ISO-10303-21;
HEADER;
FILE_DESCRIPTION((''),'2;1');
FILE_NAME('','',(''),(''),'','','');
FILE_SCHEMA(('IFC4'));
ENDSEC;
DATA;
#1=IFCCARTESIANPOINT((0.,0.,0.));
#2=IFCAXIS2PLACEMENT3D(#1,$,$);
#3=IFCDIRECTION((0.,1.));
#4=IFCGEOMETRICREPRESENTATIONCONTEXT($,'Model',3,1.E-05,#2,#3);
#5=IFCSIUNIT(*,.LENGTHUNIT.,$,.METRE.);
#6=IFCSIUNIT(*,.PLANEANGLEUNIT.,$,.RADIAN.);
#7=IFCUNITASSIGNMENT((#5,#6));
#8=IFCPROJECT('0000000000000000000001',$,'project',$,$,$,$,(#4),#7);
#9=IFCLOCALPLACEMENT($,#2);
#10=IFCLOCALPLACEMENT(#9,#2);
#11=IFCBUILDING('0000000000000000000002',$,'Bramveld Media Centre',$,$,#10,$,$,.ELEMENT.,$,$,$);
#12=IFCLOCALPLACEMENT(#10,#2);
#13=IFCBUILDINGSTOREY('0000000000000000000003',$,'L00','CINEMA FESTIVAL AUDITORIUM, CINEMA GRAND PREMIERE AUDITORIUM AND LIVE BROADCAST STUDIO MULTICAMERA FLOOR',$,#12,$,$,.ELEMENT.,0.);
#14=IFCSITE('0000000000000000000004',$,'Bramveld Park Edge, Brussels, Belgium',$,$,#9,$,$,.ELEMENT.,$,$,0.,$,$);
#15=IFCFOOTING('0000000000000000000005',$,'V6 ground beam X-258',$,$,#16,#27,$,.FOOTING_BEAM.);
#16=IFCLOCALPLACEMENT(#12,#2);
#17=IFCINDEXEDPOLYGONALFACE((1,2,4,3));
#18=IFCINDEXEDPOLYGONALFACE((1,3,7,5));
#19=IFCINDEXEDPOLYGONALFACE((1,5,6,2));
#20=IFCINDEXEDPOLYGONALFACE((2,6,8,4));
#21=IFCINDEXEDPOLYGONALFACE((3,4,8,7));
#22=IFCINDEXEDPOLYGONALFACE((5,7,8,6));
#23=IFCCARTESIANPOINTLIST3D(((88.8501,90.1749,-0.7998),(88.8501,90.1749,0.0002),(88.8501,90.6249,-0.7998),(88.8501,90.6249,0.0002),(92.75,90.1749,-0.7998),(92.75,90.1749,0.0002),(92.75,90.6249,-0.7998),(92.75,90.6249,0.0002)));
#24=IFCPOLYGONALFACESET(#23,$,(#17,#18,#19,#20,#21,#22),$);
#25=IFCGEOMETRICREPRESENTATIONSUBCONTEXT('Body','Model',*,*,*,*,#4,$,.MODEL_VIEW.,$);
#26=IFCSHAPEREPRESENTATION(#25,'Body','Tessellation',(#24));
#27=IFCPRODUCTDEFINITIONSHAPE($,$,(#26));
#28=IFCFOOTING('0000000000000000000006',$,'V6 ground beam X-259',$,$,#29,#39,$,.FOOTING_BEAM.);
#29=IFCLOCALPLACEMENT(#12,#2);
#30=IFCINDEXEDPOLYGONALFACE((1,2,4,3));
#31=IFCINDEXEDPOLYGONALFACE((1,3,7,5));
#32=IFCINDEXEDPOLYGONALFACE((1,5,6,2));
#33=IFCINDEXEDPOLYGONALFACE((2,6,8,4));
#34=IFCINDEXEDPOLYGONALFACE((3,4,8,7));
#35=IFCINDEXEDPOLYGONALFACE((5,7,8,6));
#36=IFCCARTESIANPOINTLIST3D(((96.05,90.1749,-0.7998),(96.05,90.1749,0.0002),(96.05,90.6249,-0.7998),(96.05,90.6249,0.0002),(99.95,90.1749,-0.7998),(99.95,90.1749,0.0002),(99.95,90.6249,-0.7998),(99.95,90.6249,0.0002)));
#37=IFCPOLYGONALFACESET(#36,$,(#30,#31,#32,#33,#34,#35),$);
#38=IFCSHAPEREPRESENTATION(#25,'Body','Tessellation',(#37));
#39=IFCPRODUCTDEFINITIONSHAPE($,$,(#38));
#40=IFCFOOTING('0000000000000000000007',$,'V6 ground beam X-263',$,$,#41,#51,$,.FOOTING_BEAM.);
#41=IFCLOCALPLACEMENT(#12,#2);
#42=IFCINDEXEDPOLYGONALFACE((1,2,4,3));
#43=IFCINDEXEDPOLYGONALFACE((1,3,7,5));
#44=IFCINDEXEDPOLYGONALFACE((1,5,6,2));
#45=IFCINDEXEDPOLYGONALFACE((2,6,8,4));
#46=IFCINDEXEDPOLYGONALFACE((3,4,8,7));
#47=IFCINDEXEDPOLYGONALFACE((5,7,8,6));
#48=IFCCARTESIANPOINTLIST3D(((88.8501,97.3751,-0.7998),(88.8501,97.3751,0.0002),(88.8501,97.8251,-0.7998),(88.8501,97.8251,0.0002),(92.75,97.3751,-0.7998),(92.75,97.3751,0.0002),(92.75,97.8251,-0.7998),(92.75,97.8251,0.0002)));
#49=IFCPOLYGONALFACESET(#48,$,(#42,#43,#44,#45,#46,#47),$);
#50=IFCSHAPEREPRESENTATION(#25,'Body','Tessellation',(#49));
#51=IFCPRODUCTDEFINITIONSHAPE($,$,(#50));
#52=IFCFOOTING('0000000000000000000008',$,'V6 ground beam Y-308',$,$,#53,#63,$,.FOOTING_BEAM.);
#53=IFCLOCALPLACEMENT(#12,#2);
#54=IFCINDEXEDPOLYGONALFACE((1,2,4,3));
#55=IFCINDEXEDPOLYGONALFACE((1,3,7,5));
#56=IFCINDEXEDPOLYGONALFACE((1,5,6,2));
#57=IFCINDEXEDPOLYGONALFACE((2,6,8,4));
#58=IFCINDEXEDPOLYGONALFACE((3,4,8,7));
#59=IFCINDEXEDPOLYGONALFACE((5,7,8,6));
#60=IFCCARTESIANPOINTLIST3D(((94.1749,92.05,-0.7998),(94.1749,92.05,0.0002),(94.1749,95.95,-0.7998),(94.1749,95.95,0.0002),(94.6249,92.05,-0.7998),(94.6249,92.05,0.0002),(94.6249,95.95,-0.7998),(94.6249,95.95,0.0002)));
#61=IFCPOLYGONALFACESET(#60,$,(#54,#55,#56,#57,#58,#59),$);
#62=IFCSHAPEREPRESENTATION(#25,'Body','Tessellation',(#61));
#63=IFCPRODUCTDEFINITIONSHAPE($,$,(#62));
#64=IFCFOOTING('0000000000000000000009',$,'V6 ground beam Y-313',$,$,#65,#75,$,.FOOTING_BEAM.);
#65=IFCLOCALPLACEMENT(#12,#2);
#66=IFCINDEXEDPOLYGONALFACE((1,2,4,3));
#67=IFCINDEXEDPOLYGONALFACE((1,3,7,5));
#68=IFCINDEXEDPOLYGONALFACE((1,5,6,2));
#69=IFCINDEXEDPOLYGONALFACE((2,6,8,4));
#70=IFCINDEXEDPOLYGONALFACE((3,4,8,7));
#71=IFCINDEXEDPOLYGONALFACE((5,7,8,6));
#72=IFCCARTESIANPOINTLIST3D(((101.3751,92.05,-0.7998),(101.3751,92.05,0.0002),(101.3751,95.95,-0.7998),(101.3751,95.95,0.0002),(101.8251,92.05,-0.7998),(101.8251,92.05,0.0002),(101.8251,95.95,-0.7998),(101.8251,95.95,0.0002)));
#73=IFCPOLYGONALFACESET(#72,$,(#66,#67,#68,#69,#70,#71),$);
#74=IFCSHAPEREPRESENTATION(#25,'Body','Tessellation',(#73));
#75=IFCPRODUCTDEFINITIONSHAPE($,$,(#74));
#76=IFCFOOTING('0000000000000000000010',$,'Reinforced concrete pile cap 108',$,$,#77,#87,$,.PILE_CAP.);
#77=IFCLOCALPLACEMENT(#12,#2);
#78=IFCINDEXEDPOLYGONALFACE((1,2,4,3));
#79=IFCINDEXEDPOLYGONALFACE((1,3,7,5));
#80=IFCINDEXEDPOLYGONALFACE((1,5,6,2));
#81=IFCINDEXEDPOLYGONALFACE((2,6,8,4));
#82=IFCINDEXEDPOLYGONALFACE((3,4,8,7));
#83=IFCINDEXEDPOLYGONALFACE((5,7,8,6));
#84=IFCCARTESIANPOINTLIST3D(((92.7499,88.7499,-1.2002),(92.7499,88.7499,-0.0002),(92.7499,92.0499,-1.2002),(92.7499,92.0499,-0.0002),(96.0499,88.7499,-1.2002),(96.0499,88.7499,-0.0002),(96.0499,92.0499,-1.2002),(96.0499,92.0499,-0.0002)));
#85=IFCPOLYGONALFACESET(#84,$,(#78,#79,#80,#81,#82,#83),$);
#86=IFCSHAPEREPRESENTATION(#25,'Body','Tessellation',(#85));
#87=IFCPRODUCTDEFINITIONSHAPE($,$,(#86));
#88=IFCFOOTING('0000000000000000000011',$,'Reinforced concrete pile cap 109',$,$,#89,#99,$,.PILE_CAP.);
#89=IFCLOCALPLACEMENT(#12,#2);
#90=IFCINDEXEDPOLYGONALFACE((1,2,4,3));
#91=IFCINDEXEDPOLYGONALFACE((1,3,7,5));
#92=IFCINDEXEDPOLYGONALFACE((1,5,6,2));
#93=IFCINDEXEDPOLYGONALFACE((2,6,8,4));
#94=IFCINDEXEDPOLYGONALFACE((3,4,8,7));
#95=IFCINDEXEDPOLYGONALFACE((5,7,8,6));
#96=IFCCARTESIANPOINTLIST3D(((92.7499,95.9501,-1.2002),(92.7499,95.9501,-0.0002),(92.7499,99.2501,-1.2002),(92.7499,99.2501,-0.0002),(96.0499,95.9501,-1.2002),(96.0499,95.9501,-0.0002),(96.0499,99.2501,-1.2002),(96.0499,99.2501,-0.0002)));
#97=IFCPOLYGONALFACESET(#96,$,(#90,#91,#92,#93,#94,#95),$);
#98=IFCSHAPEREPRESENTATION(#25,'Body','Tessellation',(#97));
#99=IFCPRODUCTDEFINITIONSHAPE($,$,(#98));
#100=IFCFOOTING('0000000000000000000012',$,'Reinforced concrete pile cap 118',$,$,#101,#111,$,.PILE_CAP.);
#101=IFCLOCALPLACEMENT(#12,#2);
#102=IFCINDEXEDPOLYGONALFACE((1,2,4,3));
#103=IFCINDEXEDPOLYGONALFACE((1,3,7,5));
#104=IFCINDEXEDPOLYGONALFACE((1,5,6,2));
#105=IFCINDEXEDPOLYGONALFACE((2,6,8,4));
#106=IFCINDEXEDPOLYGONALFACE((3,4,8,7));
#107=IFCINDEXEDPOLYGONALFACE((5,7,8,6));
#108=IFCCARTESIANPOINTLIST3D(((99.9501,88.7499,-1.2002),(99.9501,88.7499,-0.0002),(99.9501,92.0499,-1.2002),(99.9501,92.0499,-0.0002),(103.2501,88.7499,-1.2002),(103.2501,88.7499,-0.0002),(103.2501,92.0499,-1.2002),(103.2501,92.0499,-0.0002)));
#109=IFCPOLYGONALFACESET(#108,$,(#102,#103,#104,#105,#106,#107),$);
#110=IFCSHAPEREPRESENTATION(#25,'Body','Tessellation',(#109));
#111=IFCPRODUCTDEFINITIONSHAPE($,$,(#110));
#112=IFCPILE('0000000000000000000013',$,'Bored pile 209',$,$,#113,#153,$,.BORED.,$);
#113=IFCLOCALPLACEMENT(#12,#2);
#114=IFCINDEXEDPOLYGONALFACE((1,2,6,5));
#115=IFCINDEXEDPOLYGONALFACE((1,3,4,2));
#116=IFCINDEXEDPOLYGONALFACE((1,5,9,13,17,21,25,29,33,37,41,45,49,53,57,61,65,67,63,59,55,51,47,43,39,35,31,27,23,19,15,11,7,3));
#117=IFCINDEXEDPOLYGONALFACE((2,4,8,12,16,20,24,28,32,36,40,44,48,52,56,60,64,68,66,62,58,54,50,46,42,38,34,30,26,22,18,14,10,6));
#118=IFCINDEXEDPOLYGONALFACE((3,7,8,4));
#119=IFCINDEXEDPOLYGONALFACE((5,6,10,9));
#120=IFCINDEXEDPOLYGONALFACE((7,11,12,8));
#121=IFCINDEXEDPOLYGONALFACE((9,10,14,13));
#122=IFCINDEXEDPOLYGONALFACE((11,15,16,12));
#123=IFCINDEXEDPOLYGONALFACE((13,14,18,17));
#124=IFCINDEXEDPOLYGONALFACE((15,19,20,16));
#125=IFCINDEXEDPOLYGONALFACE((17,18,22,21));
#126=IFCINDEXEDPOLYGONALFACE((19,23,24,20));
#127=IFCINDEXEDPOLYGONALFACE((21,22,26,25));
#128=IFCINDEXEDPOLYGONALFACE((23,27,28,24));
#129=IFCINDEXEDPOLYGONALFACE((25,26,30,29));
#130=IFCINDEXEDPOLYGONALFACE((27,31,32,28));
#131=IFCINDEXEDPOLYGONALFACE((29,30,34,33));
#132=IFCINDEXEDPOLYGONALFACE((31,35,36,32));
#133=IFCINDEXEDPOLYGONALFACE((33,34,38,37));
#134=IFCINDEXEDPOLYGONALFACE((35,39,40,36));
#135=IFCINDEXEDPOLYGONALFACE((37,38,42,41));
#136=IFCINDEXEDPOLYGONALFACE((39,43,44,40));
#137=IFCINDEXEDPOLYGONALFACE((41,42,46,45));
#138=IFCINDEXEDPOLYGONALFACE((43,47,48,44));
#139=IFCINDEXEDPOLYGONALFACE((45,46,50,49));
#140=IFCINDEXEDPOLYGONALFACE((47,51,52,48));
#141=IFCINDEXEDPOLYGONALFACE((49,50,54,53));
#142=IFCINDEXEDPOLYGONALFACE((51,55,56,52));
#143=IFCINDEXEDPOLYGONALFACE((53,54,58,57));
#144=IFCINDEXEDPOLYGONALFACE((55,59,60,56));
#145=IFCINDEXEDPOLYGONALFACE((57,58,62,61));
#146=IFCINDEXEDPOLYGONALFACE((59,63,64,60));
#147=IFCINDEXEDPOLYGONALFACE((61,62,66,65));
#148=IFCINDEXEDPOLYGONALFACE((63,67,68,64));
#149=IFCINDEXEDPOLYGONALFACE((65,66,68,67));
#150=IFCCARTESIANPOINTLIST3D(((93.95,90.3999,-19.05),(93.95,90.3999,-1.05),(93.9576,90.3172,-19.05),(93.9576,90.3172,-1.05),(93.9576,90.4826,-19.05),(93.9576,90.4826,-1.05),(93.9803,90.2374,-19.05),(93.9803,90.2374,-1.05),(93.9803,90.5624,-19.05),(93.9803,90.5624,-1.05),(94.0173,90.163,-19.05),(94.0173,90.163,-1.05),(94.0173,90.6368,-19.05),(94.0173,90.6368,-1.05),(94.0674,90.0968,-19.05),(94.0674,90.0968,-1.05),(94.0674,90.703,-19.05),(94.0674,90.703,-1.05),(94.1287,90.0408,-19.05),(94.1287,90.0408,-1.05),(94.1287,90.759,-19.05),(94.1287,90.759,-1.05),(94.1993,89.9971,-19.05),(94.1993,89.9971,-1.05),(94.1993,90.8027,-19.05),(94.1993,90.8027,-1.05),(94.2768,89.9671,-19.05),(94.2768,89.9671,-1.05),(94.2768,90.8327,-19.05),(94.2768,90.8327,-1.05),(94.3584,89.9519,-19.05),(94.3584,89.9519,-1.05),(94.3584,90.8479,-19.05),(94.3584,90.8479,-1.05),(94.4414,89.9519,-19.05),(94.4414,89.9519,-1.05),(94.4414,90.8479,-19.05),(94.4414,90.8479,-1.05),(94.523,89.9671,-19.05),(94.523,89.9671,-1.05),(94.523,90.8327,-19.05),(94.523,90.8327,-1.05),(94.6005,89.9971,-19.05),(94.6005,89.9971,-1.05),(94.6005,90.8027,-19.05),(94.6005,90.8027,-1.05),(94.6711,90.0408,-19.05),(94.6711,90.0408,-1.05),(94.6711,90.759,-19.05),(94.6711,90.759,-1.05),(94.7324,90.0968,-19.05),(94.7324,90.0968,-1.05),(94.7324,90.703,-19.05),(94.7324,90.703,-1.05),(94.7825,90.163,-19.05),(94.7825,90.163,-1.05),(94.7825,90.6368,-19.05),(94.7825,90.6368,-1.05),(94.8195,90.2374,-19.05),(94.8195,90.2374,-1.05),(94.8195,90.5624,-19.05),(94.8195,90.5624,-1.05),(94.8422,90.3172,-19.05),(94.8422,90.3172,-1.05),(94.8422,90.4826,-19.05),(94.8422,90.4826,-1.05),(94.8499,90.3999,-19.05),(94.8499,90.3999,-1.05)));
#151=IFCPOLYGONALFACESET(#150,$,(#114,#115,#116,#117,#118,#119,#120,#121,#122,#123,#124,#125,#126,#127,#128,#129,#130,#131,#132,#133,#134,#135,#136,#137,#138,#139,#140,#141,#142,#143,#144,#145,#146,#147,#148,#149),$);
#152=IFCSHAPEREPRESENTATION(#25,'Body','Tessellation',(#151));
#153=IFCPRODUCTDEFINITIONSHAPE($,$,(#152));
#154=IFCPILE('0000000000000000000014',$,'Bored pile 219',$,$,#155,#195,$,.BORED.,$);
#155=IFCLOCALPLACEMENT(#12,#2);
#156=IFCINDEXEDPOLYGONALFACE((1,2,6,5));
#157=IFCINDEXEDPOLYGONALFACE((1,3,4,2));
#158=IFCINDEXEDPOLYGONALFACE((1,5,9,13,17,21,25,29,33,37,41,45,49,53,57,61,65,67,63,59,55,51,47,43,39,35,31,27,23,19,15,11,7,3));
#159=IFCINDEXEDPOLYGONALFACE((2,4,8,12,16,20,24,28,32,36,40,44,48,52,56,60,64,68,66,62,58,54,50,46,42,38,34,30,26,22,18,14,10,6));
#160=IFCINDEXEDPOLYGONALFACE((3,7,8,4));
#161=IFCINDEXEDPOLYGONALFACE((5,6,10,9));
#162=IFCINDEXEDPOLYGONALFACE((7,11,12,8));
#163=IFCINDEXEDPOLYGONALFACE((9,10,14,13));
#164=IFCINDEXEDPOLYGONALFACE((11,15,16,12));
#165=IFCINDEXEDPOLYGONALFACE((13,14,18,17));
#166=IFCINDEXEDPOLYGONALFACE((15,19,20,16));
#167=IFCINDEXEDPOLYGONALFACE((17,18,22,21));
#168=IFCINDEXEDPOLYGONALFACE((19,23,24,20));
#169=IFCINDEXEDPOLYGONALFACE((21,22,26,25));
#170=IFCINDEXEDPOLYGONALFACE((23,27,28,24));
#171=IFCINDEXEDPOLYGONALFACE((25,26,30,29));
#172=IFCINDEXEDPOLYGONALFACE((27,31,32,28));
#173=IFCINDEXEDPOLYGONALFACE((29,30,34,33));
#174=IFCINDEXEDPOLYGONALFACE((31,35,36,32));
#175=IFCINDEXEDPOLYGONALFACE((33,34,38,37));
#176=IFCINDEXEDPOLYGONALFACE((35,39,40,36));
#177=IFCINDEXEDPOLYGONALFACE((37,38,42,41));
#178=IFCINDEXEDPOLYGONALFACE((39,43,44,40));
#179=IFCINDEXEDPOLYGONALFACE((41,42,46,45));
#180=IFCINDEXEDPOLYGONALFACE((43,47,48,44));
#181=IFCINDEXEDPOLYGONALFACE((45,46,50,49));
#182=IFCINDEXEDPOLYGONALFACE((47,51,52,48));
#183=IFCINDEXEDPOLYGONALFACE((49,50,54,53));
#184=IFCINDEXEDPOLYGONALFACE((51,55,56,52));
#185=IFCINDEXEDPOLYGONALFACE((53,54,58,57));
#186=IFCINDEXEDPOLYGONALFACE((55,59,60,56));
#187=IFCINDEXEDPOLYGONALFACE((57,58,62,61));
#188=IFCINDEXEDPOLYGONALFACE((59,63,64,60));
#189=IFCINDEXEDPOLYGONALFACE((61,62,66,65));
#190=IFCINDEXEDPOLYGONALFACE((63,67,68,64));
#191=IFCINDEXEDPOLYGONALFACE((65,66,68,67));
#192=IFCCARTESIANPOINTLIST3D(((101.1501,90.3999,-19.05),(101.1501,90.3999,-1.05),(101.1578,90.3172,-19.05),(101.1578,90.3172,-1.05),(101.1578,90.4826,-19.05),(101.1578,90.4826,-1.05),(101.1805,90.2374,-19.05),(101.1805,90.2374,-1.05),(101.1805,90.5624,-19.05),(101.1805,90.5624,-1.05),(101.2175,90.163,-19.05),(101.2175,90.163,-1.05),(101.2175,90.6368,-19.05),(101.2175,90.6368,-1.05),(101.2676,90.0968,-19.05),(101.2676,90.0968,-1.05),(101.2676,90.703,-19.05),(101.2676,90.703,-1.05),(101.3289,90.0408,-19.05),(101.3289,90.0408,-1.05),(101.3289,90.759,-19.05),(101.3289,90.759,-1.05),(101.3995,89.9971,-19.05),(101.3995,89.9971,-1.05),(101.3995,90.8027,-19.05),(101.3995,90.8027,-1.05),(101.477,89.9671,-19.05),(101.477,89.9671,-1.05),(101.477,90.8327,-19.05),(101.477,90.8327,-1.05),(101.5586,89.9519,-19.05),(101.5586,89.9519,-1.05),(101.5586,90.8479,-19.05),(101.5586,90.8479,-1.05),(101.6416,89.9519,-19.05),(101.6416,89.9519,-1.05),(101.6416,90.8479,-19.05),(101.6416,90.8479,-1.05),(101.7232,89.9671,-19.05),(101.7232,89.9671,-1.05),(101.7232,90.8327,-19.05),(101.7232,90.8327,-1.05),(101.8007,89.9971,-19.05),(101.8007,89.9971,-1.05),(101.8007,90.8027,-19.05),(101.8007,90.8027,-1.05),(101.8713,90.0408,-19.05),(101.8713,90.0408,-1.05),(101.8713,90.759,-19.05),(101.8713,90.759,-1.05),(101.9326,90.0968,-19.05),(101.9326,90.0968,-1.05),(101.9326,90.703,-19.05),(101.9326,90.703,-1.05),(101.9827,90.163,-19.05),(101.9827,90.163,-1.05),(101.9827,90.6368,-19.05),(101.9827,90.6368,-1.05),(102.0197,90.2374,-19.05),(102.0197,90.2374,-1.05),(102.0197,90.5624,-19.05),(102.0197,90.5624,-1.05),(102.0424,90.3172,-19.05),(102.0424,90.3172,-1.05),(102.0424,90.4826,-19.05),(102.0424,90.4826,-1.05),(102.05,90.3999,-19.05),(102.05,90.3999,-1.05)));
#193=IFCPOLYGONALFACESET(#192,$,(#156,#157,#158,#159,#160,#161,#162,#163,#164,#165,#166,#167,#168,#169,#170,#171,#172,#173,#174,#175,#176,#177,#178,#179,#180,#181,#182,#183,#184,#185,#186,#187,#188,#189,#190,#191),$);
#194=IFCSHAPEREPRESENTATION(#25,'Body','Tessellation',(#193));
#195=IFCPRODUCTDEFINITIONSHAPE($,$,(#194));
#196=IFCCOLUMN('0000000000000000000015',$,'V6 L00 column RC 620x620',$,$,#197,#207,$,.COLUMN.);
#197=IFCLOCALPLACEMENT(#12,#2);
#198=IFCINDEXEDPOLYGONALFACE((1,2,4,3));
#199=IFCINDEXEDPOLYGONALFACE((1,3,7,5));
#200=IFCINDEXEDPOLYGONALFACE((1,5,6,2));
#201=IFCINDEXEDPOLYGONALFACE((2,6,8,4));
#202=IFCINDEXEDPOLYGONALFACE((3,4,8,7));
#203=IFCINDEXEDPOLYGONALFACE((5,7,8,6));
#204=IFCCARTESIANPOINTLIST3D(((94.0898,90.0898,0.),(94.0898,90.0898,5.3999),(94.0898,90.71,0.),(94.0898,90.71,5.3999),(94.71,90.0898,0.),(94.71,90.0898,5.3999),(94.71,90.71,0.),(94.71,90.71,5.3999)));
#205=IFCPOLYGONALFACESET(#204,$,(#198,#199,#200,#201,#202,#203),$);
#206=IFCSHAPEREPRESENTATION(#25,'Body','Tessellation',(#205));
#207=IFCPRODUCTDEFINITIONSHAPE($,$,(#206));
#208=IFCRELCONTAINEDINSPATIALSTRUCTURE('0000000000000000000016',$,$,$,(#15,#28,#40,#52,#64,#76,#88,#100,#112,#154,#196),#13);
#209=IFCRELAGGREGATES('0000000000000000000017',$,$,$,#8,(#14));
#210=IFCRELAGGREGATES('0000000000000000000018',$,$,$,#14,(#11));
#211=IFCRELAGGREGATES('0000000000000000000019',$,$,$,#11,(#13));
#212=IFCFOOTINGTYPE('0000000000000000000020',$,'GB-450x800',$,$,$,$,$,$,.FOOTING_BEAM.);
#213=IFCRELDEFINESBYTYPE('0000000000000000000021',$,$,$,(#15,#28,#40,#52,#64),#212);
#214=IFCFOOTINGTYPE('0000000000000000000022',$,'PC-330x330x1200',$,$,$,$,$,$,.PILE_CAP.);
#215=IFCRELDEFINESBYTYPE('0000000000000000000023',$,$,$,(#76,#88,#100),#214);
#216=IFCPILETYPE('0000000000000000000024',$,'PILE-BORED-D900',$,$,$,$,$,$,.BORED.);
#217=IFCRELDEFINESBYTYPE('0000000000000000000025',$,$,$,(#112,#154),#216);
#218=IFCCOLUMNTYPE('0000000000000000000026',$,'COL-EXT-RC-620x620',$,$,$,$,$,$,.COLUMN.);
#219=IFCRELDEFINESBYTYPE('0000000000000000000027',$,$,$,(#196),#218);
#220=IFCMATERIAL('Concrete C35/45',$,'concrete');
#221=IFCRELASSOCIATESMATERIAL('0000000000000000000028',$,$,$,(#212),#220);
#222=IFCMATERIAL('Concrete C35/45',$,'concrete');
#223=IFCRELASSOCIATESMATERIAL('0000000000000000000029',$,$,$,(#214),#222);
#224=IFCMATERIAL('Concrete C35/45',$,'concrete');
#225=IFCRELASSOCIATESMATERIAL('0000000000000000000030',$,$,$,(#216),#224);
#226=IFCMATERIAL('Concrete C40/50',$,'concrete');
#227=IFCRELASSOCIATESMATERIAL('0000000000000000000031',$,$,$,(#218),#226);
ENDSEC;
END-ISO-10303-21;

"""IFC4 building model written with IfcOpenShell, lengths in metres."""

from ifc_helpers import new_model, si_unit, direction, frame, origin, origin_2d, place, context, subcontext, project, spatial, rectangle, circle, extrude, material, material_profile, profile_set, type_object, element, save


model = new_model("IFC4")

# Units and contexts
model_context = context("Model", 3, precision=1e-05, world=origin(), true_north=direction((0.0, 1.0)))
body_context = subcontext(model_context, "Body", "Model", "MODEL_VIEW")
ifc_project = project(units=[si_unit("LENGTHUNIT", "METRE"), si_unit("PLANEANGLEUNIT", "RADIAN")], contexts=[model_context])

# Site, building, storey
site_placement = place(None, origin())
site = spatial("IfcSite", under=ifc_project, at=site_placement, Name="Bramveld Park Edge, Brussels, Belgium", CompositionType="ELEMENT", RefElevation=0.0)
building_placement = place(site_placement, origin())
building = spatial("IfcBuilding", under=site, at=building_placement, Name="Bramveld Media Centre", CompositionType="ELEMENT")
storey_placement = place(building_placement, origin())
storey = spatial("IfcBuildingStorey", under=building, at=storey_placement, Name="L00", Description="CINEMA FESTIVAL AUDITORIUM, CINEMA GRAND PREMIERE AUDITORIUM AND LIVE BROADCAST STUDIO MULTICAMERA FLOOR", CompositionType="ELEMENT", Elevation=0.0)

# Footings
ifc_material_1 = material(Name="Concrete C35/45", Category="concrete")
footing_type_1 = type_object("IfcFootingType", Name="GB-450x800", PredefinedType="FOOTING_BEAM", material=ifc_material_1)
for number, where, z_axis, x_axis, name in (
    (1, (90.8, 90.3999, -0.7998), (0.0, 0.0, 1.0), (1.0, 0.0, 0.0), "V6 ground beam X-258"),
    (2, (98.0, 90.3999, -0.7998), (0.0, 0.0, 1.0), (1.0, 0.0, 0.0), "V6 ground beam X-259"),
    (3, (90.8, 97.6001, -0.7998), (0.0, 0.0, 1.0), (1.0, 0.0, 0.0), "V6 ground beam X-263"),
):
    element("IfcFooting", number, at=place(storey_placement, frame(where, z_axis=z_axis, x_axis=x_axis)), inside=storey, type_object=footing_type_1, Name=name, PredefinedType="FOOTING_BEAM", context=body_context, shape_type="SweptSolid", body=[
        extrude(rectangle(XDim=3.8999, YDim=0.45, at=origin_2d()), origin(), (0.0, 0.0, 1.0), 0.8),
    ])
for number, where, z_axis, x_axis, name in (
    (4, (94.3999, 94.0, -0.7998), (0.0, 0.0, 1.0), (1.0, 0.0, 0.0), "V6 ground beam Y-308"),
    (5, (101.6001, 94.0, -0.7998), (0.0, 0.0, 1.0), (1.0, 0.0, 0.0), "V6 ground beam Y-313"),
):
    element("IfcFooting", number, at=place(storey_placement, frame(where, z_axis=z_axis, x_axis=x_axis)), inside=storey, type_object=footing_type_1, Name=name, PredefinedType="FOOTING_BEAM", context=body_context, shape_type="SweptSolid", body=[
        extrude(rectangle(XDim=0.45, YDim=3.8999, at=origin_2d()), origin(), (0.0, 0.0, 1.0), 0.8),
    ])
ifc_material_2 = material(Name="Concrete C35/45", Category="concrete")
footing_type_2 = type_object("IfcFootingType", Name="PC-330x330x1200", PredefinedType="PILE_CAP", material=ifc_material_2)
for number, where, z_axis, x_axis, name in (
    (6, (94.3999, 90.3999, -1.2002), (0.0, 0.0, 1.0), (1.0, 0.0, 0.0), "Reinforced concrete pile cap 108"),
    (7, (94.3999, 97.6001, -1.2002), (0.0, 0.0, 1.0), (1.0, 0.0, 0.0), "Reinforced concrete pile cap 109"),
    (8, (101.6001, 90.3999, -1.2002), (0.0, 0.0, 1.0), (1.0, 0.0, 0.0), "Reinforced concrete pile cap 118"),
):
    element("IfcFooting", number, at=place(storey_placement, frame(where, z_axis=z_axis, x_axis=x_axis)), inside=storey, type_object=footing_type_2, Name=name, PredefinedType="PILE_CAP", context=body_context, shape_type="SweptSolid", body=[
        extrude(rectangle(XDim=3.3, YDim=3.3, at=origin_2d()), origin(), (0.0, 0.0, 1.0), 1.2),
    ])

# Piles
ifc_material_3 = material(Name="Concrete C35/45", Category="concrete")
ifc_material_profile_1 = material_profile(ifc_material_3, circle(Radius=0.45, at=origin_2d()), Name="BORED D900")
ifc_profile_set_1 = profile_set([ifc_material_profile_1], Name="Concrete C35/45")
pile_type = type_object("IfcPileType", Name="PILE-BORED-D900", PredefinedType="BORED", material=ifc_profile_set_1)
for number, where, z_axis, x_axis, name in (
    (9, (94.3999, 90.3999, -1.05), (0.0, 0.0, -1.0), (1.0, 0.0, 0.0), "Bored pile 209"),
    (10, (101.6001, 90.3999, -1.05), (0.0, 0.0, -1.0), (1.0, 0.0, 0.0), "Bored pile 219"),
):
    element("IfcPile", number, at=place(storey_placement, frame(where, z_axis=z_axis, x_axis=x_axis)), inside=storey, type_object=pile_type, Name=name, PredefinedType="BORED", context=body_context, shape_type="SweptSolid", body=[
        extrude(circle(Radius=0.45, at=origin_2d()), origin(), (0.0, 0.0, 1.0), 18.0),
    ])

# Column
ifc_material_4 = material(Name="Concrete C40/50", Category="concrete")
ifc_material_profile_2 = material_profile(ifc_material_4, rectangle(XDim=0.6201, YDim=0.6201, at=origin_2d()), Name="RC 620x620")
ifc_profile_set_2 = profile_set([ifc_material_profile_2], Name="Concrete C40/50")
column_type_1 = type_object("IfcColumnType", Name="COL-EXT-RC-620x620", PredefinedType="COLUMN", material=ifc_profile_set_2)
for number, where, z_axis, x_axis, name in (
    (11, (94.3999, 90.3999, 0.0), (0.0, 0.0, 1.0), (1.0, 0.0, 0.0), "V6 L00 column RC 620x620"),
):
    element("IfcColumn", number, at=place(storey_placement, frame(where, z_axis=z_axis, x_axis=x_axis)), inside=storey, type_object=column_type_1, Name=name, PredefinedType="COLUMN", context=body_context, shape_type="SweptSolid", body=[
        extrude(rectangle(XDim=0.6201, YDim=0.6201, at=origin_2d()), origin(), (0.0, 0.0, 1.0), 5.3999),
    ])

save(model, "model.ifc")
